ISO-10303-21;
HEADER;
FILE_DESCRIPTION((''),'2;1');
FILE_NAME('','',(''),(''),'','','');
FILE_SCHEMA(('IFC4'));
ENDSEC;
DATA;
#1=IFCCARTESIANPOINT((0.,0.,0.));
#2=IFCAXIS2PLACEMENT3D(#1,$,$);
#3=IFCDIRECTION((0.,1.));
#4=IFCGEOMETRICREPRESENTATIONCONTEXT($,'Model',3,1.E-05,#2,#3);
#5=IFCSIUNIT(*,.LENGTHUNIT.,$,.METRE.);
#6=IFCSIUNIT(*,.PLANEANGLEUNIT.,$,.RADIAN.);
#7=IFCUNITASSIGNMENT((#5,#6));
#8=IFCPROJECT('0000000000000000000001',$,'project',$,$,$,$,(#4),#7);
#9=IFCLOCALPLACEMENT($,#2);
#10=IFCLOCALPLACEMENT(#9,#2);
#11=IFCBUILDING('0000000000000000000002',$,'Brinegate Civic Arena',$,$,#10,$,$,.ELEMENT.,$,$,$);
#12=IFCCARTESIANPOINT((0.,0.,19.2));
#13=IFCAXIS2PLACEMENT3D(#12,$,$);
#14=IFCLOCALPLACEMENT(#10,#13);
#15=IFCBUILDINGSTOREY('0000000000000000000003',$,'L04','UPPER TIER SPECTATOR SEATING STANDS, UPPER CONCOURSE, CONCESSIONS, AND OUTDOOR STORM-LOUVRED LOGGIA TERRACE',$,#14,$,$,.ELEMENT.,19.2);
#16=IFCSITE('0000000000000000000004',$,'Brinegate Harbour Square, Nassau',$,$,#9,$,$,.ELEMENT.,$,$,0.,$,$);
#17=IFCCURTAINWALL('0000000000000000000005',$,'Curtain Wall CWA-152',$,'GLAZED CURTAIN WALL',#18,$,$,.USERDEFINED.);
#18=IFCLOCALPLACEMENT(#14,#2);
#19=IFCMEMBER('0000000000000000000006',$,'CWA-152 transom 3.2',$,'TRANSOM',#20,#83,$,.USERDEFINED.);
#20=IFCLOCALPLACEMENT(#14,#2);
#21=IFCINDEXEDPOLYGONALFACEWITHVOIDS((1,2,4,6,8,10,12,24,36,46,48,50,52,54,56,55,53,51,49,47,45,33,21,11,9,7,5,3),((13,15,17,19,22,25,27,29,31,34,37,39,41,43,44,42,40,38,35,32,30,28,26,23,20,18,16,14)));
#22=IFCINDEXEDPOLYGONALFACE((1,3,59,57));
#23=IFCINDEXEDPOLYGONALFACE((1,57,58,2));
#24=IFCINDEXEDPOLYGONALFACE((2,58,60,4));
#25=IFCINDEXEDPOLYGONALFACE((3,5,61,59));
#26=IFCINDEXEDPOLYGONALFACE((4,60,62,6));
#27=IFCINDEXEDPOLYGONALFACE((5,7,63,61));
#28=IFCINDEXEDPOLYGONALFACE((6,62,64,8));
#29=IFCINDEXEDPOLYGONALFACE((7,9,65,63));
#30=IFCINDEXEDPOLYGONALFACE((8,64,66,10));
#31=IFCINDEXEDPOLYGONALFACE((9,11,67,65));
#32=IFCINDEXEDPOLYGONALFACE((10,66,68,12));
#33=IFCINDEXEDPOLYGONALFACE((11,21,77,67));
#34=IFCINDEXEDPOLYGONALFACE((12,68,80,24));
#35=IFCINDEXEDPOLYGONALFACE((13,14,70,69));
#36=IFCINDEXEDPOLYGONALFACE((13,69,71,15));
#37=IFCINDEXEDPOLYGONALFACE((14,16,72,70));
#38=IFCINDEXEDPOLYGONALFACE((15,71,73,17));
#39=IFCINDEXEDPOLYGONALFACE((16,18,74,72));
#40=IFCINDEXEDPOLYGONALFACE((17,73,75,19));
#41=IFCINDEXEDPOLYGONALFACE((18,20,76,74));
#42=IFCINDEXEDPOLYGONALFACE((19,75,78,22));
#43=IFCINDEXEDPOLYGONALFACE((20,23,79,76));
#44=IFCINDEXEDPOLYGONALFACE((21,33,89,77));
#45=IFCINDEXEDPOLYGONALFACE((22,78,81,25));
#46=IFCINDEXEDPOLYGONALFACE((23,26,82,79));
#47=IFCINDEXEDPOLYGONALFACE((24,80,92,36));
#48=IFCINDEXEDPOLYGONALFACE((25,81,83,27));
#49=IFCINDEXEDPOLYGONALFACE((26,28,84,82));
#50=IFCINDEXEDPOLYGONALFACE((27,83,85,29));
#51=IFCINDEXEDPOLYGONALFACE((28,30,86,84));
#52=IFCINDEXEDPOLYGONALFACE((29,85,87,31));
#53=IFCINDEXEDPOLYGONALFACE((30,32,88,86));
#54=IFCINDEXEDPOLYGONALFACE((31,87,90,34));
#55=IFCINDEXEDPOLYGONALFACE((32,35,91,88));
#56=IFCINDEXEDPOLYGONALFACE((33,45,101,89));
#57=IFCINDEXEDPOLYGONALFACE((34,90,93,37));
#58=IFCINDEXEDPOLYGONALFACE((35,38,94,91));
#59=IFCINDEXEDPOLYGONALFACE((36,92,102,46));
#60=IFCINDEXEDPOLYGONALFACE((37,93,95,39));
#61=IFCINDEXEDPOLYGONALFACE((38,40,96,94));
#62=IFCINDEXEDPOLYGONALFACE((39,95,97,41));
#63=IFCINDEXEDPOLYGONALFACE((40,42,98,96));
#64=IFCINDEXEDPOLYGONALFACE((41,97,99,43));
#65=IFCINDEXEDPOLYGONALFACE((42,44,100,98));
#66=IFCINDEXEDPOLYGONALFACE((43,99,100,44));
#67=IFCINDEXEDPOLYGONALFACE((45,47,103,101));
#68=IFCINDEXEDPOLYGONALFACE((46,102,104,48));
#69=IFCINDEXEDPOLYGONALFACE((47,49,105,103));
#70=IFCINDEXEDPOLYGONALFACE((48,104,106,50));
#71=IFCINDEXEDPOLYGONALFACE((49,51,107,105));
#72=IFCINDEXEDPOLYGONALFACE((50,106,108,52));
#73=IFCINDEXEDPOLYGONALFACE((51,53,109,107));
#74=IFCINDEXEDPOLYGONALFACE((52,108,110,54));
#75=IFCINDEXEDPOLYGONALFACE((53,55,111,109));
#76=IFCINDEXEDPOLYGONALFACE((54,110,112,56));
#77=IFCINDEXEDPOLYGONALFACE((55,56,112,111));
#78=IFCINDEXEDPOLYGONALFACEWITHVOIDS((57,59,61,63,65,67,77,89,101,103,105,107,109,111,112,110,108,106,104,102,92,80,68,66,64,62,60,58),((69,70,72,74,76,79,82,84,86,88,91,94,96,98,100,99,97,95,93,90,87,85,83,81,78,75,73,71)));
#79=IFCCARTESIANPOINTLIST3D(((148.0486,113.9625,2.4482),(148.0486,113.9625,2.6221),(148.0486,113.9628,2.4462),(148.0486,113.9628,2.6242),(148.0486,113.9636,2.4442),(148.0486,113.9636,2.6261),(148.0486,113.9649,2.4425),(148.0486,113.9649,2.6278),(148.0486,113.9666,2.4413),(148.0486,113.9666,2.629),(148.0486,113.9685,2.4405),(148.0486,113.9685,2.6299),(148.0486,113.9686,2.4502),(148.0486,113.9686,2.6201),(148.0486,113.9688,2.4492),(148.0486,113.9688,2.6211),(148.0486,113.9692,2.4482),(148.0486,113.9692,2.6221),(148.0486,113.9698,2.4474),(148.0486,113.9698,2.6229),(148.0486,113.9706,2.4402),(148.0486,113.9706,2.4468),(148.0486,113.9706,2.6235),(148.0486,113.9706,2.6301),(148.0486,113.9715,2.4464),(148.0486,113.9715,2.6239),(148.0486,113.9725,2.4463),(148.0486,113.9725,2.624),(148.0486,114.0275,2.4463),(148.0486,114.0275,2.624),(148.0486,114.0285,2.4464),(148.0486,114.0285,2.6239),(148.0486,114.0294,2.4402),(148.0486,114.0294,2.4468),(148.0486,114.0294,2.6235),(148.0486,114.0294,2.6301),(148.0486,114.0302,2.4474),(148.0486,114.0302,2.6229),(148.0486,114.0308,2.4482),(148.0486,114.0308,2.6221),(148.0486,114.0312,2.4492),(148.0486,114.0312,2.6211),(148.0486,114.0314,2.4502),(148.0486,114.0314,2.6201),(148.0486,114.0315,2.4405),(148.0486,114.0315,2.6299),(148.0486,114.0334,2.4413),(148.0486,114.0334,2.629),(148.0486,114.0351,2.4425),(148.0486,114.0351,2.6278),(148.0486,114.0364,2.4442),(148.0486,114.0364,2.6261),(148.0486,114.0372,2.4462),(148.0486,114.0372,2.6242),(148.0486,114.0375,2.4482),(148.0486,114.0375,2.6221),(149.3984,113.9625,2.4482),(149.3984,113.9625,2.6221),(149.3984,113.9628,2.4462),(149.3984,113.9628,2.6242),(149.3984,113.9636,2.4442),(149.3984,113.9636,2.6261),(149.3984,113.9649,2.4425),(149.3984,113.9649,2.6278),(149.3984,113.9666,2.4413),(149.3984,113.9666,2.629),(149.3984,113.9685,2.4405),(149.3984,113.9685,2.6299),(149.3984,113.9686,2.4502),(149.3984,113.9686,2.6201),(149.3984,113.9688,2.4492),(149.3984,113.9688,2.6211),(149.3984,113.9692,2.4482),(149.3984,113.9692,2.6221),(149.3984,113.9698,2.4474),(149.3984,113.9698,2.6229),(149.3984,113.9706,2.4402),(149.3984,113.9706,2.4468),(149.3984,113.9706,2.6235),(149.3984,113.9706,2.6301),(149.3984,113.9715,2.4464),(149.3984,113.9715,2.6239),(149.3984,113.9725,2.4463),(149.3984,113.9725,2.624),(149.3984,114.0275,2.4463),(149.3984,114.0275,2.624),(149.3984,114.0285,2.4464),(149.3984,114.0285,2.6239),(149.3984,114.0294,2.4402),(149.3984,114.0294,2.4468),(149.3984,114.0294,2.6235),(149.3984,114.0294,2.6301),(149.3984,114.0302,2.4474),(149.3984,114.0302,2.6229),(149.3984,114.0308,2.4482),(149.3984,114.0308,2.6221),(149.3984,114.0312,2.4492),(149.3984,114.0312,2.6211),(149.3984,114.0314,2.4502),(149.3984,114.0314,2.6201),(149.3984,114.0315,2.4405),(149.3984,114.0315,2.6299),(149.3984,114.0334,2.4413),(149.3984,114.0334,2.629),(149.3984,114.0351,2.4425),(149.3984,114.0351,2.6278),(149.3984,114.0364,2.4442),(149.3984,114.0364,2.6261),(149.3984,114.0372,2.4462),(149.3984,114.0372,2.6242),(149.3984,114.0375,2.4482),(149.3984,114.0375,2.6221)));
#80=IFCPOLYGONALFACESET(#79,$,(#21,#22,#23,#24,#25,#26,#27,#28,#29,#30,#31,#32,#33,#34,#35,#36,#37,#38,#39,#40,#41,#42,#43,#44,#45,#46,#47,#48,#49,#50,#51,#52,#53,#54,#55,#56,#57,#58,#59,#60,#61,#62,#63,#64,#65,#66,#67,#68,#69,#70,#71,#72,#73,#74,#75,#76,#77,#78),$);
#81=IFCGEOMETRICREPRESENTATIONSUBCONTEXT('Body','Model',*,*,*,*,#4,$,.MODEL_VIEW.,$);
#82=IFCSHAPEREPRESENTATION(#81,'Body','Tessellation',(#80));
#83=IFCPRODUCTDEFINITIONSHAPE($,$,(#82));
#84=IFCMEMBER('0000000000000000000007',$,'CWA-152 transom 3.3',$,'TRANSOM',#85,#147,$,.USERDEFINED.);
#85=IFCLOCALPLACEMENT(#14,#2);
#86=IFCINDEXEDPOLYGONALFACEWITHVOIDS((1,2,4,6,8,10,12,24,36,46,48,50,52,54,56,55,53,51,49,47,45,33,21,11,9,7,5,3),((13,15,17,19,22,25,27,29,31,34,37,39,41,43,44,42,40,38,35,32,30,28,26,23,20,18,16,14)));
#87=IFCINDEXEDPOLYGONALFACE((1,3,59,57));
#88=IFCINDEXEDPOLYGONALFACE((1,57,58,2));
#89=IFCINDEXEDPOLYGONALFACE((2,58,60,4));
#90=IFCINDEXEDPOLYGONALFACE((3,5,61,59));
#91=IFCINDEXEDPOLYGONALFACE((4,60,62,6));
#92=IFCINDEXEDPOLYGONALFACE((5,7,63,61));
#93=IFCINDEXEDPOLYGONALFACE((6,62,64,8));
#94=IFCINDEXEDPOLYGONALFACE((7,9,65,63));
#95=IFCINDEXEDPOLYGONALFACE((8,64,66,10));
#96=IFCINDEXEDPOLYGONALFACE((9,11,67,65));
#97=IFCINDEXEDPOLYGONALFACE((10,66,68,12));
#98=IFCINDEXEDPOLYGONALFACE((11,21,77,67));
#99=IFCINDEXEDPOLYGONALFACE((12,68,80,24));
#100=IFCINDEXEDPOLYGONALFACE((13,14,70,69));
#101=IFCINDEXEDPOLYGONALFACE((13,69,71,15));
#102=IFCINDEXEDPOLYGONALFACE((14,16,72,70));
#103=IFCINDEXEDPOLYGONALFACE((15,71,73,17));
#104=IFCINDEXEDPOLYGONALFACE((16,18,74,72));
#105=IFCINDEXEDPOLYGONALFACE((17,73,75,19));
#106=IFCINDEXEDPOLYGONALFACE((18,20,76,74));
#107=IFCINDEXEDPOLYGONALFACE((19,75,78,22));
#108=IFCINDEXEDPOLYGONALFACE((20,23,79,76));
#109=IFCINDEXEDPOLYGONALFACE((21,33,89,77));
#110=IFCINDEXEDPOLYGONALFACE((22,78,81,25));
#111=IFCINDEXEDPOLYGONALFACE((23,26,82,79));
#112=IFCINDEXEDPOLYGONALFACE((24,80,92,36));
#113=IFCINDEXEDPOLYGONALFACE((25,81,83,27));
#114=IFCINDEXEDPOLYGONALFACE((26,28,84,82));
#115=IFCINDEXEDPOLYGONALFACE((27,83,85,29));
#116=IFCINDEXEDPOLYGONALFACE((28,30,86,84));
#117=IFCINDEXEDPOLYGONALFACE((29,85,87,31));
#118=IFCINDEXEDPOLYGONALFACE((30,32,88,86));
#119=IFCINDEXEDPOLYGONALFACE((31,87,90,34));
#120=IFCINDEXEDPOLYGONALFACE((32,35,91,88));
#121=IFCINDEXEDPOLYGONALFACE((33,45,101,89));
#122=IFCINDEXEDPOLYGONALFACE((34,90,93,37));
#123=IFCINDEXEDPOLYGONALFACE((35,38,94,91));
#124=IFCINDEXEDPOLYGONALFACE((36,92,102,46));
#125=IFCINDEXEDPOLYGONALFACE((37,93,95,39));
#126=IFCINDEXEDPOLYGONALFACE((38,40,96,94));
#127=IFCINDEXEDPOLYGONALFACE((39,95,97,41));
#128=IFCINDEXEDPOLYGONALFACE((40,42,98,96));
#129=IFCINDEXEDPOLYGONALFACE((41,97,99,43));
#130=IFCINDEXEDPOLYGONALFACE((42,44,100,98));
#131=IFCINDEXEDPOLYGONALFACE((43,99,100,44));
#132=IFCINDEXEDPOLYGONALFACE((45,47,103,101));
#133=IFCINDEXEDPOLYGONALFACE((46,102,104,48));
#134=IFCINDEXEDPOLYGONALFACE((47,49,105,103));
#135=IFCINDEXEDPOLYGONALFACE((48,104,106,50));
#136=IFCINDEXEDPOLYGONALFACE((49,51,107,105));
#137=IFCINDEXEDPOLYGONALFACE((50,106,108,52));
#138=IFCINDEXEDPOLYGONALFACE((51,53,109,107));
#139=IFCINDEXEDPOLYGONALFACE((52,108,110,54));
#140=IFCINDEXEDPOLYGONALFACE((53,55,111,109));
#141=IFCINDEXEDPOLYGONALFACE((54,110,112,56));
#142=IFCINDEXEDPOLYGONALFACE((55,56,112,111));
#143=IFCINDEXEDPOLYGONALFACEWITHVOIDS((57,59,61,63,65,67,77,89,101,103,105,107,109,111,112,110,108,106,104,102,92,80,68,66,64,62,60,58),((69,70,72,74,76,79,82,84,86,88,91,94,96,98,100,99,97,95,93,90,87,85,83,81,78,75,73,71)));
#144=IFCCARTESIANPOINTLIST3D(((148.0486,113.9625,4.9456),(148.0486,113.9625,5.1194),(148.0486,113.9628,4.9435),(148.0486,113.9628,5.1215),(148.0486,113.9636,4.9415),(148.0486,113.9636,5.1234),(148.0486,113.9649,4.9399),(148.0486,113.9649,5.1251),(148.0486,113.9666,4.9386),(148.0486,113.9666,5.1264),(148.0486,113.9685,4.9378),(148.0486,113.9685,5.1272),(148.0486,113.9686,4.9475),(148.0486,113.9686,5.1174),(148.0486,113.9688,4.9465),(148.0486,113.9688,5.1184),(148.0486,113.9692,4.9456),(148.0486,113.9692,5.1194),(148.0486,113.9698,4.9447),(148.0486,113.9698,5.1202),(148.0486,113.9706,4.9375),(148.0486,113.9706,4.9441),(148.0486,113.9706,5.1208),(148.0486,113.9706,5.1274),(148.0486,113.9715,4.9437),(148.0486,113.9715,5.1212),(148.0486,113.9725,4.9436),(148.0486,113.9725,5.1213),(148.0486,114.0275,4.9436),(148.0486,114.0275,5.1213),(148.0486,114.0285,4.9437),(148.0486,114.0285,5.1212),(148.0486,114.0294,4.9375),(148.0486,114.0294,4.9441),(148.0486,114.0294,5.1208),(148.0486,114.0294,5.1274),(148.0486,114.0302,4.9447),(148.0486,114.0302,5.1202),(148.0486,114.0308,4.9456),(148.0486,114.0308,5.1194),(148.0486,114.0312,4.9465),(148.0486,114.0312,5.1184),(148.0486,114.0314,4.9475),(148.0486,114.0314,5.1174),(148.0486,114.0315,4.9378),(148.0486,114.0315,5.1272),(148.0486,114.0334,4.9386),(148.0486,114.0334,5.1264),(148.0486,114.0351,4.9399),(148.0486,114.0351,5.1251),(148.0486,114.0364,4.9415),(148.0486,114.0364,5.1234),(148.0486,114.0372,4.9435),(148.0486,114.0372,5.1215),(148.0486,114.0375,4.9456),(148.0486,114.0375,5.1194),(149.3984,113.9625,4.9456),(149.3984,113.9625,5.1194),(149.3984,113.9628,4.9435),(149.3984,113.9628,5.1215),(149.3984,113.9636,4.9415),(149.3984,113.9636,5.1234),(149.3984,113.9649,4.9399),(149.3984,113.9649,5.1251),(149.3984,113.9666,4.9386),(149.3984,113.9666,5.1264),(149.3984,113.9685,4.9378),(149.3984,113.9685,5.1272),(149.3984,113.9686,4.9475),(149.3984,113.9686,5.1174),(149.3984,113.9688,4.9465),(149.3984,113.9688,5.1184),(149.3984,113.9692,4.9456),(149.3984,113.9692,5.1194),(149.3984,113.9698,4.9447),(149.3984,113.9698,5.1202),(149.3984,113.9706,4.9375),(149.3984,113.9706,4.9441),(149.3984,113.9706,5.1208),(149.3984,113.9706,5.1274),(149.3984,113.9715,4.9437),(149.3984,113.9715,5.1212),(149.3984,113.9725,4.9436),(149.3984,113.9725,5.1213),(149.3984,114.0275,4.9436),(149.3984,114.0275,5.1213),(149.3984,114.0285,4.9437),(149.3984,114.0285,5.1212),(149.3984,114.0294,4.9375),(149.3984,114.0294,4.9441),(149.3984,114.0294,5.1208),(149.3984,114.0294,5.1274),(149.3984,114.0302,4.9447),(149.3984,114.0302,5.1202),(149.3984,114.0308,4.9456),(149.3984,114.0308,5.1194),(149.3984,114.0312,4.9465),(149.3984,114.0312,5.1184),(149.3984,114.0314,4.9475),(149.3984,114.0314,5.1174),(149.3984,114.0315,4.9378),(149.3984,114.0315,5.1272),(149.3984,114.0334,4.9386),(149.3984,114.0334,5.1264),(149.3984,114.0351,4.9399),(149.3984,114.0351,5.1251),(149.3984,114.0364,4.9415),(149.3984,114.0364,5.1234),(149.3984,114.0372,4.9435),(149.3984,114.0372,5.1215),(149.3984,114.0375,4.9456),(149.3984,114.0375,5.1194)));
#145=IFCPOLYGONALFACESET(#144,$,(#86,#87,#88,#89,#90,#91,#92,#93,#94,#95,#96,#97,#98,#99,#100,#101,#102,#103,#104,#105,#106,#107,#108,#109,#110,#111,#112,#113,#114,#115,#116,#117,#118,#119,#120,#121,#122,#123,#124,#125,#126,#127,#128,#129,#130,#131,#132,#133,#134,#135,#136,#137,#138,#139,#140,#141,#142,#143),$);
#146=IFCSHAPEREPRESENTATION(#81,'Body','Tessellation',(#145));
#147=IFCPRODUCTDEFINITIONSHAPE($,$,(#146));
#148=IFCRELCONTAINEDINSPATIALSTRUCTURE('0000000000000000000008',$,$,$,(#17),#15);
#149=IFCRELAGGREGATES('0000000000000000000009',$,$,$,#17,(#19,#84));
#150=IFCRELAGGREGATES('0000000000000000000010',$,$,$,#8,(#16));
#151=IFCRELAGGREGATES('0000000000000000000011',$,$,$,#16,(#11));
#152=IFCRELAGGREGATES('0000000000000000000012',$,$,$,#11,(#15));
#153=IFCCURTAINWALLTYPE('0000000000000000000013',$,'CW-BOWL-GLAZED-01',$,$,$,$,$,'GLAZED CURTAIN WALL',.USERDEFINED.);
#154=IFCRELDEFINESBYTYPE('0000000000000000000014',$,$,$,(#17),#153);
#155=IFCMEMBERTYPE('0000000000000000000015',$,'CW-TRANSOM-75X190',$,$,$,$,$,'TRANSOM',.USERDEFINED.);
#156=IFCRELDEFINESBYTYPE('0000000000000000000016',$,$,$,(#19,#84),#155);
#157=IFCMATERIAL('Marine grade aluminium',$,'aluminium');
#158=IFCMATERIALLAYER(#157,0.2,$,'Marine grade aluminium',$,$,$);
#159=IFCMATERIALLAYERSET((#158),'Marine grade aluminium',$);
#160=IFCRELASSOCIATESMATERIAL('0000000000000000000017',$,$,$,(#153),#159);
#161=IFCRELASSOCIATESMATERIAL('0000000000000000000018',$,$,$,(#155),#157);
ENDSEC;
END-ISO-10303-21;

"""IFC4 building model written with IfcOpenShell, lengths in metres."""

from ifc_helpers import new_model, si_unit, direction, frame, origin, origin_2d, place, context, subcontext, project, spatial, hollow_rectangle, extrude, material, layer, layer_set, material_profile, profile_set, type_object, element, aggregate, save


model = new_model("IFC4")

# Units and contexts
model_context = context("Model", 3, precision=1e-05, world=origin(), true_north=direction((0.0, 1.0)))
body_context = subcontext(model_context, "Body", "Model", "MODEL_VIEW")
ifc_project = project(units=[si_unit("LENGTHUNIT", "METRE"), si_unit("PLANEANGLEUNIT", "RADIAN")], contexts=[model_context])

# Site, building, storey
site_placement = place(None, origin())
site = spatial("IfcSite", under=ifc_project, at=site_placement, Name="Brinegate Harbour Square, Nassau", CompositionType="ELEMENT", RefElevation=0.0)
building_placement = place(site_placement, origin())
building = spatial("IfcBuilding", under=site, at=building_placement, Name="Brinegate Civic Arena", CompositionType="ELEMENT")
storey_placement = place(building_placement, frame((0.0, 0.0, 19.2)))
storey = spatial("IfcBuildingStorey", under=building, at=storey_placement, Name="L04", Description="UPPER TIER SPECTATOR SEATING STANDS, UPPER CONCOURSE, CONCESSIONS, AND OUTDOOR STORM-LOUVRED LOGGIA TERRACE", CompositionType="ELEMENT", Elevation=19.2)

# Curtain wall
ifc_material_1 = material(Name="Marine grade aluminium", Category="aluminium")
ifc_layer_1 = layer(ifc_material_1, 0.2, Name="Marine grade aluminium")
ifc_layer_set_1 = layer_set([ifc_layer_1], Name="Marine grade aluminium")
curtain_wall_type_1 = type_object("IfcCurtainWallType", Name="CW-BOWL-GLAZED-01", ElementType="GLAZED CURTAIN WALL", PredefinedType="USERDEFINED", material=ifc_layer_set_1)
curtain_wall_1_placement = place(storey_placement, origin())
curtain_wall_1 = element("IfcCurtainWall", 1, at=curtain_wall_1_placement, inside=storey, type_object=curtain_wall_type_1, Name="Curtain Wall CWA-152", ObjectType="GLAZED CURTAIN WALL", PredefinedType="USERDEFINED")
ifc_material_profile_1 = material_profile(ifc_material_1, hollow_rectangle(XDim=0.075, YDim=0.1899, WallThickness=0.0061, InnerFilletRadius=0.0039, OuterFilletRadius=0.0081, at=origin_2d()), Name="TRN75X190")
ifc_profile_set_1 = profile_set([ifc_material_profile_1], Name="Marine grade aluminium")
member_type_1 = type_object("IfcMemberType", Name="CW-TRANSOM-75X190", ElementType="TRANSOM", PredefinedType="USERDEFINED", material=ifc_profile_set_1)

# Members
member_1_placement = place(storey_placement, frame((148.0486, 114.0, 2.5352), z_axis=(1.0, 0.0, 0.0), x_axis=(0.0, 1.0, 0.0)))
member_1 = element("IfcMember", 2, at=member_1_placement, type_object=member_type_1, Name="CWA-152 transom 3.2", ObjectType="TRANSOM", PredefinedType="USERDEFINED", context=body_context, shape_type="SweptSolid", body=[
    extrude(hollow_rectangle(XDim=0.075, YDim=0.1899, WallThickness=0.0061, InnerFilletRadius=0.0039, OuterFilletRadius=0.0081, at=origin_2d()), origin(), (0.0, 0.0, 1.0), 1.3499),
])
member_2_placement = place(storey_placement, frame((148.0486, 114.0, 5.0325), z_axis=(1.0, 0.0, 0.0), x_axis=(0.0, 1.0, 0.0)))
member_2 = element("IfcMember", 3, at=member_2_placement, type_object=member_type_1, Name="CWA-152 transom 3.3", ObjectType="TRANSOM", PredefinedType="USERDEFINED", context=body_context, shape_type="SweptSolid", body=[
    extrude(hollow_rectangle(XDim=0.075, YDim=0.1899, WallThickness=0.0061, InnerFilletRadius=0.0039, OuterFilletRadius=0.0081, at=origin_2d()), origin(), (0.0, 0.0, 1.0), 1.3499),
])

aggregate(curtain_wall_1, [member_1, member_2])

save(model, "model.ifc")
